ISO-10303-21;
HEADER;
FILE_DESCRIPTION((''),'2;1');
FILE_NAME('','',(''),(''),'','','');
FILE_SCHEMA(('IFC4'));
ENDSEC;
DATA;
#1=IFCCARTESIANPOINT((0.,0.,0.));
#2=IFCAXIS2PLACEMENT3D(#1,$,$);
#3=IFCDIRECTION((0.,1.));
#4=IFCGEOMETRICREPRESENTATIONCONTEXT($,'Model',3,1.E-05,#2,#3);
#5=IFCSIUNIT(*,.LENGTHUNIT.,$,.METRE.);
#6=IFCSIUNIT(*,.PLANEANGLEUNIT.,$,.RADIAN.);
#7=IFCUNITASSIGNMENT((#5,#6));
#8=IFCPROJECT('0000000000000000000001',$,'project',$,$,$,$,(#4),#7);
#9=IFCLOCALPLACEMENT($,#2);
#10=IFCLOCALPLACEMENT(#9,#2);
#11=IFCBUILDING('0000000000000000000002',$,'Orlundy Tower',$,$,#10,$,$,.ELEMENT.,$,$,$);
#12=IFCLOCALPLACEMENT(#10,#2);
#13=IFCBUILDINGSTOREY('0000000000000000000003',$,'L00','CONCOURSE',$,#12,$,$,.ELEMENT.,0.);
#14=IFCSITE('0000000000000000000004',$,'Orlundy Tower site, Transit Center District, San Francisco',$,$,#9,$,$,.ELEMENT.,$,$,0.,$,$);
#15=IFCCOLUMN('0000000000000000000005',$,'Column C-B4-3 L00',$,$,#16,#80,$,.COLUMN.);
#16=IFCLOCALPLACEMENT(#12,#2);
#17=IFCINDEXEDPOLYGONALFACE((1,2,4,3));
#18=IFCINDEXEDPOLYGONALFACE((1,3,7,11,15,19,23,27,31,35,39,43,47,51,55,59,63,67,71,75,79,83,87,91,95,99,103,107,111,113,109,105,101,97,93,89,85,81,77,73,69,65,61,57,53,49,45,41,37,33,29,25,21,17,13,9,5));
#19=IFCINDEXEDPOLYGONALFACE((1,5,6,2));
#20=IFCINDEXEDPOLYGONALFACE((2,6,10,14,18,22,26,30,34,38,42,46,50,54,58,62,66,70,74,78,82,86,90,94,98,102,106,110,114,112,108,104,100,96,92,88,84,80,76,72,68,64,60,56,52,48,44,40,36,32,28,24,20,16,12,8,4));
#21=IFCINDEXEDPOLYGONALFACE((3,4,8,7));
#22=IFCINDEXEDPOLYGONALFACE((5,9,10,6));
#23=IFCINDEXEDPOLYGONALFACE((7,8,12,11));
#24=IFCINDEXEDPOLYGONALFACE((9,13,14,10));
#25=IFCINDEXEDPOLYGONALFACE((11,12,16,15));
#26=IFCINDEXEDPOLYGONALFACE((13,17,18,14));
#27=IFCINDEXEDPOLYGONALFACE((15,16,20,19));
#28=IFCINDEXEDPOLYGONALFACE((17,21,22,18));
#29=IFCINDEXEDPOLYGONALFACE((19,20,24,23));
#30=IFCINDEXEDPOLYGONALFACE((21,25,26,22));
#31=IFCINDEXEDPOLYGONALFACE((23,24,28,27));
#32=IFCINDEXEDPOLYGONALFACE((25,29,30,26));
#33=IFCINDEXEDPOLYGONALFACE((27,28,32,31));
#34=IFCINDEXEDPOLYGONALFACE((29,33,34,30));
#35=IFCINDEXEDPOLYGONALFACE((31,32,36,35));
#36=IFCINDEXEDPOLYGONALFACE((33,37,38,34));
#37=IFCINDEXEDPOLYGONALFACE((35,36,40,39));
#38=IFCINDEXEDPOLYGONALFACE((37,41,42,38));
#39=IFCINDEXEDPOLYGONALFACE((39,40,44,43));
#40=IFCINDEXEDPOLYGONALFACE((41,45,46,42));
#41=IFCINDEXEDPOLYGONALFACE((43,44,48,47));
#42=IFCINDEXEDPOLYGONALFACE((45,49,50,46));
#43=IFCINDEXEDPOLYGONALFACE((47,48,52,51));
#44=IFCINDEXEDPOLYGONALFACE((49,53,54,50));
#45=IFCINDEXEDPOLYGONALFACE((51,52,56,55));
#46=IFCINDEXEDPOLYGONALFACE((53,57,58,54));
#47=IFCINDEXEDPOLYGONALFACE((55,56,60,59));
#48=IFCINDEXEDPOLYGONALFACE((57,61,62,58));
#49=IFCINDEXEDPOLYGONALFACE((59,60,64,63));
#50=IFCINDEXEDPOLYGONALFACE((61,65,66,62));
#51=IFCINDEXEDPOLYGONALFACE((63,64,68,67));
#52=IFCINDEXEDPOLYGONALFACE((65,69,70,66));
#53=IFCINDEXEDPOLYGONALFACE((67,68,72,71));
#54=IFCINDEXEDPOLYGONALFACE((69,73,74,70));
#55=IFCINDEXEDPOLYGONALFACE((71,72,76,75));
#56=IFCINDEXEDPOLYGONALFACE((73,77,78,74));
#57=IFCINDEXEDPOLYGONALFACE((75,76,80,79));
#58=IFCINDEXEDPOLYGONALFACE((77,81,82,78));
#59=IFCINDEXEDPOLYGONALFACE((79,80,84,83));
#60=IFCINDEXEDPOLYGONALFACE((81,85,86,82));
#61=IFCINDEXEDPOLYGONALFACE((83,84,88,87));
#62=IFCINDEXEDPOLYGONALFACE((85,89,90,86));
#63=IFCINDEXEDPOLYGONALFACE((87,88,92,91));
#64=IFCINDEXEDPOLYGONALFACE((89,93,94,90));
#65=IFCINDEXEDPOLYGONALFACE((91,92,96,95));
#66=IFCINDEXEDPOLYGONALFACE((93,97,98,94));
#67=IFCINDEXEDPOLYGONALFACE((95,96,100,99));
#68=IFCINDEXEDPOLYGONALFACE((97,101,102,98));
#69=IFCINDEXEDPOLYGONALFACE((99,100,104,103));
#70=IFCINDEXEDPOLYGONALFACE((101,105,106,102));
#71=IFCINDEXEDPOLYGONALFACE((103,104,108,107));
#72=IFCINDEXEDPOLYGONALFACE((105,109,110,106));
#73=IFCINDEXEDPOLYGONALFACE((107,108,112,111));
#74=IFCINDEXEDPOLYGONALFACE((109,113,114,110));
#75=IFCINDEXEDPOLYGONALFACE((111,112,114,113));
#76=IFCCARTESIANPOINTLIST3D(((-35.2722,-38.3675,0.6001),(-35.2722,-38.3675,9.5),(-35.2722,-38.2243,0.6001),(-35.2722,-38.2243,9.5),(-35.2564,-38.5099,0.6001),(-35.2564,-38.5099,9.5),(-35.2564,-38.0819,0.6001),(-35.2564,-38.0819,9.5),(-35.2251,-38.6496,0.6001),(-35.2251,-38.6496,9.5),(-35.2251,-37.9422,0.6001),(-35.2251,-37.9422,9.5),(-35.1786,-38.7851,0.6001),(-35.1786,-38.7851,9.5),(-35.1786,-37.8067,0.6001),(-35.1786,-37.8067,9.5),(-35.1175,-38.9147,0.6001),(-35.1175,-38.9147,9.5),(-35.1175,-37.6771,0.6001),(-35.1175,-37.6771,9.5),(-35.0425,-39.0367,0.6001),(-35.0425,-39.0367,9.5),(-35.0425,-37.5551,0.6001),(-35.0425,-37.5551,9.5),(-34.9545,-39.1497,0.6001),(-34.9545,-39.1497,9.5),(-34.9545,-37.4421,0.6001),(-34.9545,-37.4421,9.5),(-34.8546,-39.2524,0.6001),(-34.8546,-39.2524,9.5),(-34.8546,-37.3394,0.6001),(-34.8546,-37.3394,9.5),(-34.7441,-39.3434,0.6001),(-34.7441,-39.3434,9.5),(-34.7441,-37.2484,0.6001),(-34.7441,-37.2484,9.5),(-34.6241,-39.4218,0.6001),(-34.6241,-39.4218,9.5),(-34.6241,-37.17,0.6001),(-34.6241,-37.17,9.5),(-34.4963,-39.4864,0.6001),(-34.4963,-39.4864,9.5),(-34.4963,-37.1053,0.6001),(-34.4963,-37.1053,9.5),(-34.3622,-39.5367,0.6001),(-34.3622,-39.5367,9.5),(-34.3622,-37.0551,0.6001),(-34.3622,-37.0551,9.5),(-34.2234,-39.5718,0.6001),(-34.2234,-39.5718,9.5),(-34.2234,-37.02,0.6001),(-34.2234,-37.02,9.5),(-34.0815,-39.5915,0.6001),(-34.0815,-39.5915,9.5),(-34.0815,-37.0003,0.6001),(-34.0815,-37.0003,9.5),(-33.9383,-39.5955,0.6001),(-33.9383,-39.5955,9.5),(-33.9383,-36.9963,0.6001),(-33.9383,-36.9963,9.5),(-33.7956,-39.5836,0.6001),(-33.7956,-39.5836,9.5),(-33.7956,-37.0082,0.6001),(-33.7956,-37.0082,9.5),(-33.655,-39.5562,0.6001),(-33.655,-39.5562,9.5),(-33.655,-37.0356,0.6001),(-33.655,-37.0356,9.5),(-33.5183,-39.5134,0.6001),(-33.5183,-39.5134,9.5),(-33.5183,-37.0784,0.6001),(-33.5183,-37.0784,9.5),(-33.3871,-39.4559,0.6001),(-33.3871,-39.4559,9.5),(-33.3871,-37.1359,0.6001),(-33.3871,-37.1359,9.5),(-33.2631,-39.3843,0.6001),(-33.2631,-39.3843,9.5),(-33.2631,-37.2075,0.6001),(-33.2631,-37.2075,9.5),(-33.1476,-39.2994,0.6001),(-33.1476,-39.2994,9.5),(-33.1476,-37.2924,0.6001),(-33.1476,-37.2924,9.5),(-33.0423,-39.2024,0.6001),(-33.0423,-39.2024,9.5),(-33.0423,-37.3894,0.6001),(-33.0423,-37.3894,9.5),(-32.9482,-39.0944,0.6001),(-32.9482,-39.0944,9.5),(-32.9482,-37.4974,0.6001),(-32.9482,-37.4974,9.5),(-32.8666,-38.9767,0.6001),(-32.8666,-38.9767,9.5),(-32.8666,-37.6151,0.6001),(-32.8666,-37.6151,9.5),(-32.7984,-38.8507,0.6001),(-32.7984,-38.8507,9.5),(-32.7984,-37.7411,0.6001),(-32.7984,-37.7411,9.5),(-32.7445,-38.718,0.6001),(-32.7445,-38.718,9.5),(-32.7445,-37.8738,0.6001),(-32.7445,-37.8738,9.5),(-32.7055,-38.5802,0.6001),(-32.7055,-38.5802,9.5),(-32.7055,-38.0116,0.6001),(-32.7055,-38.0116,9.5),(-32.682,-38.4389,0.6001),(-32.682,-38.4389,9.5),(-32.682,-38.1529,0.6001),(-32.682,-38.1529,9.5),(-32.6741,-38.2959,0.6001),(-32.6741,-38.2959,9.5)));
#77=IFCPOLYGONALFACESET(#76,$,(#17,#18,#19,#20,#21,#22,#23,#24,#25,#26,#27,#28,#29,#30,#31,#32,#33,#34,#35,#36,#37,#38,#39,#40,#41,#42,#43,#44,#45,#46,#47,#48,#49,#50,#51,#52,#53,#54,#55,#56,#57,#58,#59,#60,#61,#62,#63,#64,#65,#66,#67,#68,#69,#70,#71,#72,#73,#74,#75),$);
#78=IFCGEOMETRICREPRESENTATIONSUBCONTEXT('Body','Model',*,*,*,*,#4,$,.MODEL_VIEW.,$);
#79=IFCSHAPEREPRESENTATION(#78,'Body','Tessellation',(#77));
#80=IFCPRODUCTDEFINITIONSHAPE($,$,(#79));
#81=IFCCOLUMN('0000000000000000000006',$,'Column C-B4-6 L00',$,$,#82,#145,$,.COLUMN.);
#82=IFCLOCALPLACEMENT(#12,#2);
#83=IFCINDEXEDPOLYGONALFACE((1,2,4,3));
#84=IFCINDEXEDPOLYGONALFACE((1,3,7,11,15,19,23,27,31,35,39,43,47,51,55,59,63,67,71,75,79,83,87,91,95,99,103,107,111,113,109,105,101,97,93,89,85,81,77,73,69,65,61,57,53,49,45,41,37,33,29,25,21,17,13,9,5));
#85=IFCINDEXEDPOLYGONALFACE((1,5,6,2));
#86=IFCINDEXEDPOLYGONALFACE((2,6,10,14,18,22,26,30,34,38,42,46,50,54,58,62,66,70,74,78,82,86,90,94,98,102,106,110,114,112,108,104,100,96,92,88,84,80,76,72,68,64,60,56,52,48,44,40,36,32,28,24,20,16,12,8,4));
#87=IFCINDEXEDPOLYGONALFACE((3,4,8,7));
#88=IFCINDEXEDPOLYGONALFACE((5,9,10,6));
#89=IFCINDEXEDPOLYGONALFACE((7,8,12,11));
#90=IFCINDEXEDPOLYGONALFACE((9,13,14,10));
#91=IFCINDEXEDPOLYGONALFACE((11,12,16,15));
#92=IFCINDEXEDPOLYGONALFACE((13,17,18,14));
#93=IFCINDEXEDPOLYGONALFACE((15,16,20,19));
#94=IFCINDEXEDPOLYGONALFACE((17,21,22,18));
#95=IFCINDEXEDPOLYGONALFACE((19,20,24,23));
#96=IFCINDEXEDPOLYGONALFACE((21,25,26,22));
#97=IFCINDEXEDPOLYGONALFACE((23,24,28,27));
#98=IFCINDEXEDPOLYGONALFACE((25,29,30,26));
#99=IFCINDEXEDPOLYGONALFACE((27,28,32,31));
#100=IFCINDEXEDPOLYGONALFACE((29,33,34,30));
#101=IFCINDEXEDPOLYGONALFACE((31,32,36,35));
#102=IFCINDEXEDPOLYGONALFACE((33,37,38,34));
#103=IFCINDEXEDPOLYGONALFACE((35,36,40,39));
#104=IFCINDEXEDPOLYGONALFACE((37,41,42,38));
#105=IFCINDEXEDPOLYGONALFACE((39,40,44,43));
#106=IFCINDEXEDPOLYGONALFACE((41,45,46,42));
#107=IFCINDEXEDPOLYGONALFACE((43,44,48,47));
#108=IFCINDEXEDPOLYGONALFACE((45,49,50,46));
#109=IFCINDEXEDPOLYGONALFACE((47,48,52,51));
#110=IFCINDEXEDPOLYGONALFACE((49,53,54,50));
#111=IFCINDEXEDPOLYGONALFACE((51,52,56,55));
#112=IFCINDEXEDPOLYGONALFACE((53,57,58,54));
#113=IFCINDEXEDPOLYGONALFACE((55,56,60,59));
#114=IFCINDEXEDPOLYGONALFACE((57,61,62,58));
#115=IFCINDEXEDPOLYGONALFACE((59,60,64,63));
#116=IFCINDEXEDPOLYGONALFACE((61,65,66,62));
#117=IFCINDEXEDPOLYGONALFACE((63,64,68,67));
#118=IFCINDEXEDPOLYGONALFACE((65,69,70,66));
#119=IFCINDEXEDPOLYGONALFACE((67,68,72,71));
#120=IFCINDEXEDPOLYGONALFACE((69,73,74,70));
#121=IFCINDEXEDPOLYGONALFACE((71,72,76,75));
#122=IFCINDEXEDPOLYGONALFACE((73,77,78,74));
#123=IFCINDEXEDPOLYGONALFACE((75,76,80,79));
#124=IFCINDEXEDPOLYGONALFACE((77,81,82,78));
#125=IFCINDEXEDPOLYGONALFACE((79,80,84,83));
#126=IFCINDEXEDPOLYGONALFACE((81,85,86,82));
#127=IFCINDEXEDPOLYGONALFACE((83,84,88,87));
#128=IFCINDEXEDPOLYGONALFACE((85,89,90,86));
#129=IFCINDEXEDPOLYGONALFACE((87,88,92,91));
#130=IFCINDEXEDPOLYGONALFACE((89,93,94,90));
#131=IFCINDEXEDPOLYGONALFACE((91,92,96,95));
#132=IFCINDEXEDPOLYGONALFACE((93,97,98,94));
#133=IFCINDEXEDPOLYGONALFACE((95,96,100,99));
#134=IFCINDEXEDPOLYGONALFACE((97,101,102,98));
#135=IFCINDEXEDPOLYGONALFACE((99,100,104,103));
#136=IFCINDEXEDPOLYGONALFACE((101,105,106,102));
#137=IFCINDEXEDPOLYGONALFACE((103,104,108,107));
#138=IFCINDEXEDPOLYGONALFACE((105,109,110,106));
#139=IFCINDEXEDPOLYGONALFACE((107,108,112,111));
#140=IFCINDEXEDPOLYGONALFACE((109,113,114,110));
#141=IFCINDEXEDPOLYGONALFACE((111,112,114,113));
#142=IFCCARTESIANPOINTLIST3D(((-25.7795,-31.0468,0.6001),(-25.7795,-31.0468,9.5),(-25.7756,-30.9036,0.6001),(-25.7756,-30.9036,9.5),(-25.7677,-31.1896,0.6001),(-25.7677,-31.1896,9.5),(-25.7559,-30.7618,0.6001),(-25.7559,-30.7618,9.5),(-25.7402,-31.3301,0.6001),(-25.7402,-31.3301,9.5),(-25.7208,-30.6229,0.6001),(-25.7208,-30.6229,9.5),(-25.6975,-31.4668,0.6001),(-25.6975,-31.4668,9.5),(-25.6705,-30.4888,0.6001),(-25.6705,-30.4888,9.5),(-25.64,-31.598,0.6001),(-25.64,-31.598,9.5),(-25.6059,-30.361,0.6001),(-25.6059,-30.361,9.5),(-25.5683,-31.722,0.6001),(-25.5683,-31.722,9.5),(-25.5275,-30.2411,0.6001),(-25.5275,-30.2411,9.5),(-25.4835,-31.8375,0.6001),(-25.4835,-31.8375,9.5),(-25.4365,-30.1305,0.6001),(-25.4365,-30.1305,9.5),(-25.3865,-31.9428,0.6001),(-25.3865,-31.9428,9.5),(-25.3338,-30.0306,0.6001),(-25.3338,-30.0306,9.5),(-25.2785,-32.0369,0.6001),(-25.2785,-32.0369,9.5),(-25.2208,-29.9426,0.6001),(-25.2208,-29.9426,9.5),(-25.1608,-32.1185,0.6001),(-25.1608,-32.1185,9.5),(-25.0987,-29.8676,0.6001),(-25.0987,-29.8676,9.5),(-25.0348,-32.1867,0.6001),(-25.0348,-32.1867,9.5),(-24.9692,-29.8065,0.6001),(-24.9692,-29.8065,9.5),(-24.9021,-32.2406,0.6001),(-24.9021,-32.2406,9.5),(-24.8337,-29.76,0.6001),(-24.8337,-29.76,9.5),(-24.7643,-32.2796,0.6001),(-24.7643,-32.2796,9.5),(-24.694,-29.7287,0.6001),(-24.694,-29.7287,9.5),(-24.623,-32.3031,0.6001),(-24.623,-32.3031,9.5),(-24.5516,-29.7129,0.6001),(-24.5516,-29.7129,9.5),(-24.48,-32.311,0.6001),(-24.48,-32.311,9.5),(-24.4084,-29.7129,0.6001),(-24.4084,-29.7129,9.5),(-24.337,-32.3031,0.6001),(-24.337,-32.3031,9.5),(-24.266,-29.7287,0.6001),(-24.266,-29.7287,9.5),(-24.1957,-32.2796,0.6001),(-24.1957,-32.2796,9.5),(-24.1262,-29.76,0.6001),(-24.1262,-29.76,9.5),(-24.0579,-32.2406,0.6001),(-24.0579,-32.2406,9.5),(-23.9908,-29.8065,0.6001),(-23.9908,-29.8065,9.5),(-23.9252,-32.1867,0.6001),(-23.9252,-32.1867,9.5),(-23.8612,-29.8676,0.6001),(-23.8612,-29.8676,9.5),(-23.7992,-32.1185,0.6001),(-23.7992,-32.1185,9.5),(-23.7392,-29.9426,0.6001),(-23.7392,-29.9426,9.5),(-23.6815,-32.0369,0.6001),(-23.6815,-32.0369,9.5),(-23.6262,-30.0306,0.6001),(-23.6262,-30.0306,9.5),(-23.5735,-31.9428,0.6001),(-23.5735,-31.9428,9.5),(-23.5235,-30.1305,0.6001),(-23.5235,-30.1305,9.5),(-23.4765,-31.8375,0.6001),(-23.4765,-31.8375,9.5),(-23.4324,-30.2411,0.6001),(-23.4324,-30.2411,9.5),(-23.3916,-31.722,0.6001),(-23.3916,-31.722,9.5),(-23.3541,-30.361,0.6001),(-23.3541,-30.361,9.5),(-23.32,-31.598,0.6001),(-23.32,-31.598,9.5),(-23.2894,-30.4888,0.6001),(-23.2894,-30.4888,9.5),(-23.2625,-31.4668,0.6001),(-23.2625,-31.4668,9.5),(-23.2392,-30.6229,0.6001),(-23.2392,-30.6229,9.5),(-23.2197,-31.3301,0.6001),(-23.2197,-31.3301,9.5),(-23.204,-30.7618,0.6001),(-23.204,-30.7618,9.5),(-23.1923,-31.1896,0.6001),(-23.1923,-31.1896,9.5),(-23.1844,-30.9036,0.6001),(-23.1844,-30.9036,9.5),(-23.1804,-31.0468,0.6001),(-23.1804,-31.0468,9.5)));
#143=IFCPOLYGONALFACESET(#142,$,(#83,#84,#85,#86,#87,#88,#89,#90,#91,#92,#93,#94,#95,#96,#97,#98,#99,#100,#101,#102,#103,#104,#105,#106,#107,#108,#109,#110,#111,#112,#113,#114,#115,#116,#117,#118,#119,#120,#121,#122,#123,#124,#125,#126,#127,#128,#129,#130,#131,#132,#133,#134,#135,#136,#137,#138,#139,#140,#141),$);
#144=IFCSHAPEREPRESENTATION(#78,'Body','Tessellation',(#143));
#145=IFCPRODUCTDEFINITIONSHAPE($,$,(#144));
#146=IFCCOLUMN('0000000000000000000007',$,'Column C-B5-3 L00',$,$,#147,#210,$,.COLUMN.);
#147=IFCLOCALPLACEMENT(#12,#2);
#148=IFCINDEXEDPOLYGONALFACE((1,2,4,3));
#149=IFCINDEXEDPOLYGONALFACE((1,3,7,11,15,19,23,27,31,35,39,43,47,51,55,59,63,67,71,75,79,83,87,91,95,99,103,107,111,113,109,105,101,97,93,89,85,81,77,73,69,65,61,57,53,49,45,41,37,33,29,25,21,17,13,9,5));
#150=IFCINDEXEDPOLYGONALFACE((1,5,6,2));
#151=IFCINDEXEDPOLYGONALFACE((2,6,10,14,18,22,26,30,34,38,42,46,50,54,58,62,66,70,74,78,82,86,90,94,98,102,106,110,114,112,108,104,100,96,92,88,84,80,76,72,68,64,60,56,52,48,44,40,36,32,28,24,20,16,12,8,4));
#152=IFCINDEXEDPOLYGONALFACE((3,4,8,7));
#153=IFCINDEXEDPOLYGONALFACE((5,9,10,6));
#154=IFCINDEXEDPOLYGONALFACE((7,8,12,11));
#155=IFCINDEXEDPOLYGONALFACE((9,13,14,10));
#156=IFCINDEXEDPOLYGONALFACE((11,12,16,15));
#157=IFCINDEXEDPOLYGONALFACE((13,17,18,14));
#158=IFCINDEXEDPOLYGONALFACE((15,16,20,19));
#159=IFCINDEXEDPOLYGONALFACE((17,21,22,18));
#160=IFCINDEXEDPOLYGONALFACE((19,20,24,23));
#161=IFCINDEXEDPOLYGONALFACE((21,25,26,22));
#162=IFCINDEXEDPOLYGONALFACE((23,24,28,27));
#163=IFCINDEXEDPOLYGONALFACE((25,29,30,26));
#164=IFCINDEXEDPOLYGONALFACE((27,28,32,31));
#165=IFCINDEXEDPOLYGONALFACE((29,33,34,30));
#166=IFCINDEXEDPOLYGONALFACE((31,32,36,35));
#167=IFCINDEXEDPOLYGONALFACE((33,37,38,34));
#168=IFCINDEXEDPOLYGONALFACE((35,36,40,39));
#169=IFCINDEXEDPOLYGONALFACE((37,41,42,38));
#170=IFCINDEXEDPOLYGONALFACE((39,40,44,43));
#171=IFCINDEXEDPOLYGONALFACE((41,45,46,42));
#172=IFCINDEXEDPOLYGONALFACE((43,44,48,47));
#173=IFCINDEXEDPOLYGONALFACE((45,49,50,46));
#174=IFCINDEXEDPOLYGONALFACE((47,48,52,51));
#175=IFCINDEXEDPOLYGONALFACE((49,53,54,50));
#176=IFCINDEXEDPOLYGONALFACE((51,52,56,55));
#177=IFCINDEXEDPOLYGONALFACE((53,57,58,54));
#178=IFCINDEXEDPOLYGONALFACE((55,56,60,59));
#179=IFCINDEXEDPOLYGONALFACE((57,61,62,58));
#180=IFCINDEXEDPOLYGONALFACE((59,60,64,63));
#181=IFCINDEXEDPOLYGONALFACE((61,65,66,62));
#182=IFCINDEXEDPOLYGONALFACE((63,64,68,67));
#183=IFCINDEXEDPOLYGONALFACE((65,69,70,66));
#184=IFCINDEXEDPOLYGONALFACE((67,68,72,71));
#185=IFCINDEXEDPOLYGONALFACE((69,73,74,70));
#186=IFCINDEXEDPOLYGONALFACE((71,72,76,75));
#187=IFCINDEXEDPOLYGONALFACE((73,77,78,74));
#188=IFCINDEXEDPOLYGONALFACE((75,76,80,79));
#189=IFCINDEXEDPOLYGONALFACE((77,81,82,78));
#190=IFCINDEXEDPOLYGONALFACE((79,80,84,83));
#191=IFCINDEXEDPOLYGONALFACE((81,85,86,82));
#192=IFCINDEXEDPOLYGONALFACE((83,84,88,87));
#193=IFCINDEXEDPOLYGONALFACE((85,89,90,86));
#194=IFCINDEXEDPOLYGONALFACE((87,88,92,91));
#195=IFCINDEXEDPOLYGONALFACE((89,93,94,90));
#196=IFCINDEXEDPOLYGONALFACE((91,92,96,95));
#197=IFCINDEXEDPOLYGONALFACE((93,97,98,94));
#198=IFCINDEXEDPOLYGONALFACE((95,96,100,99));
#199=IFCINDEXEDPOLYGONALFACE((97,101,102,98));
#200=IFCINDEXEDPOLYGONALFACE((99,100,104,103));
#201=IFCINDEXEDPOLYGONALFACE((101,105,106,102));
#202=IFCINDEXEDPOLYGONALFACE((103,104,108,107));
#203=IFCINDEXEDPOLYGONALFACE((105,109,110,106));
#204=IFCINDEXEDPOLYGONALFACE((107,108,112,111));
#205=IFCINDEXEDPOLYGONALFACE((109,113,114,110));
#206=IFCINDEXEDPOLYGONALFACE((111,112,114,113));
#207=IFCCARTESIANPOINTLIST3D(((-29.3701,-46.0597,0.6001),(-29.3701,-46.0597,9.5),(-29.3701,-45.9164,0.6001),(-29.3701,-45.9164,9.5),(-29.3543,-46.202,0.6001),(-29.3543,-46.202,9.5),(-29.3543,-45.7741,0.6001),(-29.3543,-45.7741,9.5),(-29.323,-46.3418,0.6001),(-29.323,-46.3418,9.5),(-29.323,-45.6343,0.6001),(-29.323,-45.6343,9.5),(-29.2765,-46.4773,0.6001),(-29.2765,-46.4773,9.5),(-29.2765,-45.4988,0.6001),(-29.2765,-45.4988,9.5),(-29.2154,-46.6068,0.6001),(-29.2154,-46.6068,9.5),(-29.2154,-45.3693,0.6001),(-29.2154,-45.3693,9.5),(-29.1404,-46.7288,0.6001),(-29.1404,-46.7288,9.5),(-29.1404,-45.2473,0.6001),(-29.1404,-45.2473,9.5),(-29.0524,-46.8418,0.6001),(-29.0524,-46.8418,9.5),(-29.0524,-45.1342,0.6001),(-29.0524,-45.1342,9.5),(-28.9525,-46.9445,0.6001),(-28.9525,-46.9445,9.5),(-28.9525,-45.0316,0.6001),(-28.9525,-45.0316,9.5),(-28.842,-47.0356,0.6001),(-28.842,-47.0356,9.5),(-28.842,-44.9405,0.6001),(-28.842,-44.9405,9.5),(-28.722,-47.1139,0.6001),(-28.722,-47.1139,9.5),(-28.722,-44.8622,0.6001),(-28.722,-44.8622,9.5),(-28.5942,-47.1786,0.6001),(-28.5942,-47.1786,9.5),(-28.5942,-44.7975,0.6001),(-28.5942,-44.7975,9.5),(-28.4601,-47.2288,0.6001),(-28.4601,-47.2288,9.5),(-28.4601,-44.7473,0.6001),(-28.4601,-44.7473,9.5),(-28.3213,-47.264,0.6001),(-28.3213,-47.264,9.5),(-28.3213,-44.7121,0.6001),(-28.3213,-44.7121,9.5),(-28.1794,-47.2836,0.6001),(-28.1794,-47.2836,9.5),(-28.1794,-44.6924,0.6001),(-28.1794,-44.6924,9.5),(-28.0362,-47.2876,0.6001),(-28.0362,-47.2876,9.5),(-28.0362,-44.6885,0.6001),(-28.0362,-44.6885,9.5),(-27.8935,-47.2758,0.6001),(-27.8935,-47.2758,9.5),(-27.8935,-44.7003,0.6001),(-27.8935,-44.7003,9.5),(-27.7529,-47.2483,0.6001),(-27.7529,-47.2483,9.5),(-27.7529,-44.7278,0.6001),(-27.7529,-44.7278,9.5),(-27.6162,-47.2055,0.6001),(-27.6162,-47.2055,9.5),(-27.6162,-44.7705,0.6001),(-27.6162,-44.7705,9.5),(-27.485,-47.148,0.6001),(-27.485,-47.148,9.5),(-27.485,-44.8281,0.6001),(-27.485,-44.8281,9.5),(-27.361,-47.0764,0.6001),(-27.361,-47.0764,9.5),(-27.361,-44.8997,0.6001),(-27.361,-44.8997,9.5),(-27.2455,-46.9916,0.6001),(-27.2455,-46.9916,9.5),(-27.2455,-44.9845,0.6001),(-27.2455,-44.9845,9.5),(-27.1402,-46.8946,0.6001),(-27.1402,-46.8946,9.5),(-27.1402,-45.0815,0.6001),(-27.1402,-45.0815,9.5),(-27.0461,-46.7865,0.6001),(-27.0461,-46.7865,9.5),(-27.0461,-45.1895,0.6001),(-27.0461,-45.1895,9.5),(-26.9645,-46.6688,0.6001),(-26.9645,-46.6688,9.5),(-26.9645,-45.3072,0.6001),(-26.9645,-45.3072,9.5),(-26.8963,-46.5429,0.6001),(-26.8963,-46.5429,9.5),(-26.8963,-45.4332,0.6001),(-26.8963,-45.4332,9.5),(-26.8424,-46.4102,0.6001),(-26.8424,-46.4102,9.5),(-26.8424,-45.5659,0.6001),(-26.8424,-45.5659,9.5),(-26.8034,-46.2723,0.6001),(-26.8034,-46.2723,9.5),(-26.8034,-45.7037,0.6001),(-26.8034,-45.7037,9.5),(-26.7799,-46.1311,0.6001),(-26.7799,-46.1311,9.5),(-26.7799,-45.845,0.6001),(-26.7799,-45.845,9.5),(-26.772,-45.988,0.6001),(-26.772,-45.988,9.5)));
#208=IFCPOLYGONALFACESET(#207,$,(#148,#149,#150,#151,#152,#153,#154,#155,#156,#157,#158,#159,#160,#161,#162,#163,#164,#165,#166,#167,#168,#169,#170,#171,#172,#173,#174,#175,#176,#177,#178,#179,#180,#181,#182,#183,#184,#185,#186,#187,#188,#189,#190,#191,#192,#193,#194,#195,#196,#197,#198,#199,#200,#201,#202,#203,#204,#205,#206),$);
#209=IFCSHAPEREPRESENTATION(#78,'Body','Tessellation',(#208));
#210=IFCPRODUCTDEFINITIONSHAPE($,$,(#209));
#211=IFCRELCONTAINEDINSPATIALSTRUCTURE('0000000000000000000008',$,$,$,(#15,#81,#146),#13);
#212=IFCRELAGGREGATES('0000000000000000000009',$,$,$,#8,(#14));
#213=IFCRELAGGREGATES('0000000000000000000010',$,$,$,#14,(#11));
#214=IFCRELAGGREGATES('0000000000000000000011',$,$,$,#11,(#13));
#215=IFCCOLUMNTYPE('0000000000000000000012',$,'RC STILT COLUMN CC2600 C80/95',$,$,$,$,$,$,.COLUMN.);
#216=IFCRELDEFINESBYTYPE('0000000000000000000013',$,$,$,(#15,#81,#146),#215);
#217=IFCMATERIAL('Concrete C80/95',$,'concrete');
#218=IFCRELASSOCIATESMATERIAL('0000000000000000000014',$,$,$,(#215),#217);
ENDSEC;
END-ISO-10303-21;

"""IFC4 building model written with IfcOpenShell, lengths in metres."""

from ifc_helpers import new_model, si_unit, direction, frame, origin, origin_2d, place, context, subcontext, project, spatial, circle, extrude, material, material_profile, profile_set, type_object, element, save


model = new_model("IFC4")

# Units and contexts
model_context = context("Model", 3, precision=1e-05, world=origin(), true_north=direction((0.0, 1.0)))
body_context = subcontext(model_context, "Body", "Model", "MODEL_VIEW")
ifc_project = project(units=[si_unit("LENGTHUNIT", "METRE"), si_unit("PLANEANGLEUNIT", "RADIAN")], contexts=[model_context])

# Site, building, storey
site_placement = place(None, origin())
site = spatial("IfcSite", under=ifc_project, at=site_placement, Name="Orlundy Tower site, Transit Center District, San Francisco", CompositionType="ELEMENT", RefElevation=0.0)
building_placement = place(site_placement, origin())
building = spatial("IfcBuilding", under=site, at=building_placement, Name="Orlundy Tower", CompositionType="ELEMENT")
storey_placement = place(building_placement, origin())
storey = spatial("IfcBuildingStorey", under=building, at=storey_placement, Name="L00", Description="CONCOURSE", CompositionType="ELEMENT", Elevation=0.0)

# Columns
ifc_material_1 = material(Name="Concrete C80/95", Category="concrete")
ifc_material_profile_1 = material_profile(ifc_material_1, circle(Radius=1.3, at=origin_2d()), Name="CC2600")
ifc_profile_set_1 = profile_set([ifc_material_profile_1], Name="Concrete C80/95")
column_type = type_object("IfcColumnType", Name="RC STILT COLUMN CC2600 C80/95", PredefinedType="COLUMN", material=ifc_profile_set_1)
for number, where, z_axis, x_axis, name in (
    (1, (-33.9741, -38.2959, 0.6001), (0.0, 0.0, 1.0), (1.0, 0.0, 0.0), "Column C-B4-3 L00"),
    (2, (-24.48, -31.011, 0.6001), (0.0, 0.0, 1.0), (0.866025, 0.5, 0.0), "Column C-B4-6 L00"),
    (3, (-28.072, -45.988, 0.6001), (0.0, 0.0, 1.0), (1.0, 0.0, 0.0), "Column C-B5-3 L00"),
):
    element("IfcColumn", number, at=place(storey_placement, frame(where, z_axis=z_axis, x_axis=x_axis)), inside=storey, type_object=column_type, Name=name, PredefinedType="COLUMN", context=body_context, shape_type="SweptSolid", body=[
        extrude(circle(Radius=1.3, at=origin_2d()), origin(), (0.0, 0.0, 1.0), 8.8999),
    ])

save(model, "model.ifc")
